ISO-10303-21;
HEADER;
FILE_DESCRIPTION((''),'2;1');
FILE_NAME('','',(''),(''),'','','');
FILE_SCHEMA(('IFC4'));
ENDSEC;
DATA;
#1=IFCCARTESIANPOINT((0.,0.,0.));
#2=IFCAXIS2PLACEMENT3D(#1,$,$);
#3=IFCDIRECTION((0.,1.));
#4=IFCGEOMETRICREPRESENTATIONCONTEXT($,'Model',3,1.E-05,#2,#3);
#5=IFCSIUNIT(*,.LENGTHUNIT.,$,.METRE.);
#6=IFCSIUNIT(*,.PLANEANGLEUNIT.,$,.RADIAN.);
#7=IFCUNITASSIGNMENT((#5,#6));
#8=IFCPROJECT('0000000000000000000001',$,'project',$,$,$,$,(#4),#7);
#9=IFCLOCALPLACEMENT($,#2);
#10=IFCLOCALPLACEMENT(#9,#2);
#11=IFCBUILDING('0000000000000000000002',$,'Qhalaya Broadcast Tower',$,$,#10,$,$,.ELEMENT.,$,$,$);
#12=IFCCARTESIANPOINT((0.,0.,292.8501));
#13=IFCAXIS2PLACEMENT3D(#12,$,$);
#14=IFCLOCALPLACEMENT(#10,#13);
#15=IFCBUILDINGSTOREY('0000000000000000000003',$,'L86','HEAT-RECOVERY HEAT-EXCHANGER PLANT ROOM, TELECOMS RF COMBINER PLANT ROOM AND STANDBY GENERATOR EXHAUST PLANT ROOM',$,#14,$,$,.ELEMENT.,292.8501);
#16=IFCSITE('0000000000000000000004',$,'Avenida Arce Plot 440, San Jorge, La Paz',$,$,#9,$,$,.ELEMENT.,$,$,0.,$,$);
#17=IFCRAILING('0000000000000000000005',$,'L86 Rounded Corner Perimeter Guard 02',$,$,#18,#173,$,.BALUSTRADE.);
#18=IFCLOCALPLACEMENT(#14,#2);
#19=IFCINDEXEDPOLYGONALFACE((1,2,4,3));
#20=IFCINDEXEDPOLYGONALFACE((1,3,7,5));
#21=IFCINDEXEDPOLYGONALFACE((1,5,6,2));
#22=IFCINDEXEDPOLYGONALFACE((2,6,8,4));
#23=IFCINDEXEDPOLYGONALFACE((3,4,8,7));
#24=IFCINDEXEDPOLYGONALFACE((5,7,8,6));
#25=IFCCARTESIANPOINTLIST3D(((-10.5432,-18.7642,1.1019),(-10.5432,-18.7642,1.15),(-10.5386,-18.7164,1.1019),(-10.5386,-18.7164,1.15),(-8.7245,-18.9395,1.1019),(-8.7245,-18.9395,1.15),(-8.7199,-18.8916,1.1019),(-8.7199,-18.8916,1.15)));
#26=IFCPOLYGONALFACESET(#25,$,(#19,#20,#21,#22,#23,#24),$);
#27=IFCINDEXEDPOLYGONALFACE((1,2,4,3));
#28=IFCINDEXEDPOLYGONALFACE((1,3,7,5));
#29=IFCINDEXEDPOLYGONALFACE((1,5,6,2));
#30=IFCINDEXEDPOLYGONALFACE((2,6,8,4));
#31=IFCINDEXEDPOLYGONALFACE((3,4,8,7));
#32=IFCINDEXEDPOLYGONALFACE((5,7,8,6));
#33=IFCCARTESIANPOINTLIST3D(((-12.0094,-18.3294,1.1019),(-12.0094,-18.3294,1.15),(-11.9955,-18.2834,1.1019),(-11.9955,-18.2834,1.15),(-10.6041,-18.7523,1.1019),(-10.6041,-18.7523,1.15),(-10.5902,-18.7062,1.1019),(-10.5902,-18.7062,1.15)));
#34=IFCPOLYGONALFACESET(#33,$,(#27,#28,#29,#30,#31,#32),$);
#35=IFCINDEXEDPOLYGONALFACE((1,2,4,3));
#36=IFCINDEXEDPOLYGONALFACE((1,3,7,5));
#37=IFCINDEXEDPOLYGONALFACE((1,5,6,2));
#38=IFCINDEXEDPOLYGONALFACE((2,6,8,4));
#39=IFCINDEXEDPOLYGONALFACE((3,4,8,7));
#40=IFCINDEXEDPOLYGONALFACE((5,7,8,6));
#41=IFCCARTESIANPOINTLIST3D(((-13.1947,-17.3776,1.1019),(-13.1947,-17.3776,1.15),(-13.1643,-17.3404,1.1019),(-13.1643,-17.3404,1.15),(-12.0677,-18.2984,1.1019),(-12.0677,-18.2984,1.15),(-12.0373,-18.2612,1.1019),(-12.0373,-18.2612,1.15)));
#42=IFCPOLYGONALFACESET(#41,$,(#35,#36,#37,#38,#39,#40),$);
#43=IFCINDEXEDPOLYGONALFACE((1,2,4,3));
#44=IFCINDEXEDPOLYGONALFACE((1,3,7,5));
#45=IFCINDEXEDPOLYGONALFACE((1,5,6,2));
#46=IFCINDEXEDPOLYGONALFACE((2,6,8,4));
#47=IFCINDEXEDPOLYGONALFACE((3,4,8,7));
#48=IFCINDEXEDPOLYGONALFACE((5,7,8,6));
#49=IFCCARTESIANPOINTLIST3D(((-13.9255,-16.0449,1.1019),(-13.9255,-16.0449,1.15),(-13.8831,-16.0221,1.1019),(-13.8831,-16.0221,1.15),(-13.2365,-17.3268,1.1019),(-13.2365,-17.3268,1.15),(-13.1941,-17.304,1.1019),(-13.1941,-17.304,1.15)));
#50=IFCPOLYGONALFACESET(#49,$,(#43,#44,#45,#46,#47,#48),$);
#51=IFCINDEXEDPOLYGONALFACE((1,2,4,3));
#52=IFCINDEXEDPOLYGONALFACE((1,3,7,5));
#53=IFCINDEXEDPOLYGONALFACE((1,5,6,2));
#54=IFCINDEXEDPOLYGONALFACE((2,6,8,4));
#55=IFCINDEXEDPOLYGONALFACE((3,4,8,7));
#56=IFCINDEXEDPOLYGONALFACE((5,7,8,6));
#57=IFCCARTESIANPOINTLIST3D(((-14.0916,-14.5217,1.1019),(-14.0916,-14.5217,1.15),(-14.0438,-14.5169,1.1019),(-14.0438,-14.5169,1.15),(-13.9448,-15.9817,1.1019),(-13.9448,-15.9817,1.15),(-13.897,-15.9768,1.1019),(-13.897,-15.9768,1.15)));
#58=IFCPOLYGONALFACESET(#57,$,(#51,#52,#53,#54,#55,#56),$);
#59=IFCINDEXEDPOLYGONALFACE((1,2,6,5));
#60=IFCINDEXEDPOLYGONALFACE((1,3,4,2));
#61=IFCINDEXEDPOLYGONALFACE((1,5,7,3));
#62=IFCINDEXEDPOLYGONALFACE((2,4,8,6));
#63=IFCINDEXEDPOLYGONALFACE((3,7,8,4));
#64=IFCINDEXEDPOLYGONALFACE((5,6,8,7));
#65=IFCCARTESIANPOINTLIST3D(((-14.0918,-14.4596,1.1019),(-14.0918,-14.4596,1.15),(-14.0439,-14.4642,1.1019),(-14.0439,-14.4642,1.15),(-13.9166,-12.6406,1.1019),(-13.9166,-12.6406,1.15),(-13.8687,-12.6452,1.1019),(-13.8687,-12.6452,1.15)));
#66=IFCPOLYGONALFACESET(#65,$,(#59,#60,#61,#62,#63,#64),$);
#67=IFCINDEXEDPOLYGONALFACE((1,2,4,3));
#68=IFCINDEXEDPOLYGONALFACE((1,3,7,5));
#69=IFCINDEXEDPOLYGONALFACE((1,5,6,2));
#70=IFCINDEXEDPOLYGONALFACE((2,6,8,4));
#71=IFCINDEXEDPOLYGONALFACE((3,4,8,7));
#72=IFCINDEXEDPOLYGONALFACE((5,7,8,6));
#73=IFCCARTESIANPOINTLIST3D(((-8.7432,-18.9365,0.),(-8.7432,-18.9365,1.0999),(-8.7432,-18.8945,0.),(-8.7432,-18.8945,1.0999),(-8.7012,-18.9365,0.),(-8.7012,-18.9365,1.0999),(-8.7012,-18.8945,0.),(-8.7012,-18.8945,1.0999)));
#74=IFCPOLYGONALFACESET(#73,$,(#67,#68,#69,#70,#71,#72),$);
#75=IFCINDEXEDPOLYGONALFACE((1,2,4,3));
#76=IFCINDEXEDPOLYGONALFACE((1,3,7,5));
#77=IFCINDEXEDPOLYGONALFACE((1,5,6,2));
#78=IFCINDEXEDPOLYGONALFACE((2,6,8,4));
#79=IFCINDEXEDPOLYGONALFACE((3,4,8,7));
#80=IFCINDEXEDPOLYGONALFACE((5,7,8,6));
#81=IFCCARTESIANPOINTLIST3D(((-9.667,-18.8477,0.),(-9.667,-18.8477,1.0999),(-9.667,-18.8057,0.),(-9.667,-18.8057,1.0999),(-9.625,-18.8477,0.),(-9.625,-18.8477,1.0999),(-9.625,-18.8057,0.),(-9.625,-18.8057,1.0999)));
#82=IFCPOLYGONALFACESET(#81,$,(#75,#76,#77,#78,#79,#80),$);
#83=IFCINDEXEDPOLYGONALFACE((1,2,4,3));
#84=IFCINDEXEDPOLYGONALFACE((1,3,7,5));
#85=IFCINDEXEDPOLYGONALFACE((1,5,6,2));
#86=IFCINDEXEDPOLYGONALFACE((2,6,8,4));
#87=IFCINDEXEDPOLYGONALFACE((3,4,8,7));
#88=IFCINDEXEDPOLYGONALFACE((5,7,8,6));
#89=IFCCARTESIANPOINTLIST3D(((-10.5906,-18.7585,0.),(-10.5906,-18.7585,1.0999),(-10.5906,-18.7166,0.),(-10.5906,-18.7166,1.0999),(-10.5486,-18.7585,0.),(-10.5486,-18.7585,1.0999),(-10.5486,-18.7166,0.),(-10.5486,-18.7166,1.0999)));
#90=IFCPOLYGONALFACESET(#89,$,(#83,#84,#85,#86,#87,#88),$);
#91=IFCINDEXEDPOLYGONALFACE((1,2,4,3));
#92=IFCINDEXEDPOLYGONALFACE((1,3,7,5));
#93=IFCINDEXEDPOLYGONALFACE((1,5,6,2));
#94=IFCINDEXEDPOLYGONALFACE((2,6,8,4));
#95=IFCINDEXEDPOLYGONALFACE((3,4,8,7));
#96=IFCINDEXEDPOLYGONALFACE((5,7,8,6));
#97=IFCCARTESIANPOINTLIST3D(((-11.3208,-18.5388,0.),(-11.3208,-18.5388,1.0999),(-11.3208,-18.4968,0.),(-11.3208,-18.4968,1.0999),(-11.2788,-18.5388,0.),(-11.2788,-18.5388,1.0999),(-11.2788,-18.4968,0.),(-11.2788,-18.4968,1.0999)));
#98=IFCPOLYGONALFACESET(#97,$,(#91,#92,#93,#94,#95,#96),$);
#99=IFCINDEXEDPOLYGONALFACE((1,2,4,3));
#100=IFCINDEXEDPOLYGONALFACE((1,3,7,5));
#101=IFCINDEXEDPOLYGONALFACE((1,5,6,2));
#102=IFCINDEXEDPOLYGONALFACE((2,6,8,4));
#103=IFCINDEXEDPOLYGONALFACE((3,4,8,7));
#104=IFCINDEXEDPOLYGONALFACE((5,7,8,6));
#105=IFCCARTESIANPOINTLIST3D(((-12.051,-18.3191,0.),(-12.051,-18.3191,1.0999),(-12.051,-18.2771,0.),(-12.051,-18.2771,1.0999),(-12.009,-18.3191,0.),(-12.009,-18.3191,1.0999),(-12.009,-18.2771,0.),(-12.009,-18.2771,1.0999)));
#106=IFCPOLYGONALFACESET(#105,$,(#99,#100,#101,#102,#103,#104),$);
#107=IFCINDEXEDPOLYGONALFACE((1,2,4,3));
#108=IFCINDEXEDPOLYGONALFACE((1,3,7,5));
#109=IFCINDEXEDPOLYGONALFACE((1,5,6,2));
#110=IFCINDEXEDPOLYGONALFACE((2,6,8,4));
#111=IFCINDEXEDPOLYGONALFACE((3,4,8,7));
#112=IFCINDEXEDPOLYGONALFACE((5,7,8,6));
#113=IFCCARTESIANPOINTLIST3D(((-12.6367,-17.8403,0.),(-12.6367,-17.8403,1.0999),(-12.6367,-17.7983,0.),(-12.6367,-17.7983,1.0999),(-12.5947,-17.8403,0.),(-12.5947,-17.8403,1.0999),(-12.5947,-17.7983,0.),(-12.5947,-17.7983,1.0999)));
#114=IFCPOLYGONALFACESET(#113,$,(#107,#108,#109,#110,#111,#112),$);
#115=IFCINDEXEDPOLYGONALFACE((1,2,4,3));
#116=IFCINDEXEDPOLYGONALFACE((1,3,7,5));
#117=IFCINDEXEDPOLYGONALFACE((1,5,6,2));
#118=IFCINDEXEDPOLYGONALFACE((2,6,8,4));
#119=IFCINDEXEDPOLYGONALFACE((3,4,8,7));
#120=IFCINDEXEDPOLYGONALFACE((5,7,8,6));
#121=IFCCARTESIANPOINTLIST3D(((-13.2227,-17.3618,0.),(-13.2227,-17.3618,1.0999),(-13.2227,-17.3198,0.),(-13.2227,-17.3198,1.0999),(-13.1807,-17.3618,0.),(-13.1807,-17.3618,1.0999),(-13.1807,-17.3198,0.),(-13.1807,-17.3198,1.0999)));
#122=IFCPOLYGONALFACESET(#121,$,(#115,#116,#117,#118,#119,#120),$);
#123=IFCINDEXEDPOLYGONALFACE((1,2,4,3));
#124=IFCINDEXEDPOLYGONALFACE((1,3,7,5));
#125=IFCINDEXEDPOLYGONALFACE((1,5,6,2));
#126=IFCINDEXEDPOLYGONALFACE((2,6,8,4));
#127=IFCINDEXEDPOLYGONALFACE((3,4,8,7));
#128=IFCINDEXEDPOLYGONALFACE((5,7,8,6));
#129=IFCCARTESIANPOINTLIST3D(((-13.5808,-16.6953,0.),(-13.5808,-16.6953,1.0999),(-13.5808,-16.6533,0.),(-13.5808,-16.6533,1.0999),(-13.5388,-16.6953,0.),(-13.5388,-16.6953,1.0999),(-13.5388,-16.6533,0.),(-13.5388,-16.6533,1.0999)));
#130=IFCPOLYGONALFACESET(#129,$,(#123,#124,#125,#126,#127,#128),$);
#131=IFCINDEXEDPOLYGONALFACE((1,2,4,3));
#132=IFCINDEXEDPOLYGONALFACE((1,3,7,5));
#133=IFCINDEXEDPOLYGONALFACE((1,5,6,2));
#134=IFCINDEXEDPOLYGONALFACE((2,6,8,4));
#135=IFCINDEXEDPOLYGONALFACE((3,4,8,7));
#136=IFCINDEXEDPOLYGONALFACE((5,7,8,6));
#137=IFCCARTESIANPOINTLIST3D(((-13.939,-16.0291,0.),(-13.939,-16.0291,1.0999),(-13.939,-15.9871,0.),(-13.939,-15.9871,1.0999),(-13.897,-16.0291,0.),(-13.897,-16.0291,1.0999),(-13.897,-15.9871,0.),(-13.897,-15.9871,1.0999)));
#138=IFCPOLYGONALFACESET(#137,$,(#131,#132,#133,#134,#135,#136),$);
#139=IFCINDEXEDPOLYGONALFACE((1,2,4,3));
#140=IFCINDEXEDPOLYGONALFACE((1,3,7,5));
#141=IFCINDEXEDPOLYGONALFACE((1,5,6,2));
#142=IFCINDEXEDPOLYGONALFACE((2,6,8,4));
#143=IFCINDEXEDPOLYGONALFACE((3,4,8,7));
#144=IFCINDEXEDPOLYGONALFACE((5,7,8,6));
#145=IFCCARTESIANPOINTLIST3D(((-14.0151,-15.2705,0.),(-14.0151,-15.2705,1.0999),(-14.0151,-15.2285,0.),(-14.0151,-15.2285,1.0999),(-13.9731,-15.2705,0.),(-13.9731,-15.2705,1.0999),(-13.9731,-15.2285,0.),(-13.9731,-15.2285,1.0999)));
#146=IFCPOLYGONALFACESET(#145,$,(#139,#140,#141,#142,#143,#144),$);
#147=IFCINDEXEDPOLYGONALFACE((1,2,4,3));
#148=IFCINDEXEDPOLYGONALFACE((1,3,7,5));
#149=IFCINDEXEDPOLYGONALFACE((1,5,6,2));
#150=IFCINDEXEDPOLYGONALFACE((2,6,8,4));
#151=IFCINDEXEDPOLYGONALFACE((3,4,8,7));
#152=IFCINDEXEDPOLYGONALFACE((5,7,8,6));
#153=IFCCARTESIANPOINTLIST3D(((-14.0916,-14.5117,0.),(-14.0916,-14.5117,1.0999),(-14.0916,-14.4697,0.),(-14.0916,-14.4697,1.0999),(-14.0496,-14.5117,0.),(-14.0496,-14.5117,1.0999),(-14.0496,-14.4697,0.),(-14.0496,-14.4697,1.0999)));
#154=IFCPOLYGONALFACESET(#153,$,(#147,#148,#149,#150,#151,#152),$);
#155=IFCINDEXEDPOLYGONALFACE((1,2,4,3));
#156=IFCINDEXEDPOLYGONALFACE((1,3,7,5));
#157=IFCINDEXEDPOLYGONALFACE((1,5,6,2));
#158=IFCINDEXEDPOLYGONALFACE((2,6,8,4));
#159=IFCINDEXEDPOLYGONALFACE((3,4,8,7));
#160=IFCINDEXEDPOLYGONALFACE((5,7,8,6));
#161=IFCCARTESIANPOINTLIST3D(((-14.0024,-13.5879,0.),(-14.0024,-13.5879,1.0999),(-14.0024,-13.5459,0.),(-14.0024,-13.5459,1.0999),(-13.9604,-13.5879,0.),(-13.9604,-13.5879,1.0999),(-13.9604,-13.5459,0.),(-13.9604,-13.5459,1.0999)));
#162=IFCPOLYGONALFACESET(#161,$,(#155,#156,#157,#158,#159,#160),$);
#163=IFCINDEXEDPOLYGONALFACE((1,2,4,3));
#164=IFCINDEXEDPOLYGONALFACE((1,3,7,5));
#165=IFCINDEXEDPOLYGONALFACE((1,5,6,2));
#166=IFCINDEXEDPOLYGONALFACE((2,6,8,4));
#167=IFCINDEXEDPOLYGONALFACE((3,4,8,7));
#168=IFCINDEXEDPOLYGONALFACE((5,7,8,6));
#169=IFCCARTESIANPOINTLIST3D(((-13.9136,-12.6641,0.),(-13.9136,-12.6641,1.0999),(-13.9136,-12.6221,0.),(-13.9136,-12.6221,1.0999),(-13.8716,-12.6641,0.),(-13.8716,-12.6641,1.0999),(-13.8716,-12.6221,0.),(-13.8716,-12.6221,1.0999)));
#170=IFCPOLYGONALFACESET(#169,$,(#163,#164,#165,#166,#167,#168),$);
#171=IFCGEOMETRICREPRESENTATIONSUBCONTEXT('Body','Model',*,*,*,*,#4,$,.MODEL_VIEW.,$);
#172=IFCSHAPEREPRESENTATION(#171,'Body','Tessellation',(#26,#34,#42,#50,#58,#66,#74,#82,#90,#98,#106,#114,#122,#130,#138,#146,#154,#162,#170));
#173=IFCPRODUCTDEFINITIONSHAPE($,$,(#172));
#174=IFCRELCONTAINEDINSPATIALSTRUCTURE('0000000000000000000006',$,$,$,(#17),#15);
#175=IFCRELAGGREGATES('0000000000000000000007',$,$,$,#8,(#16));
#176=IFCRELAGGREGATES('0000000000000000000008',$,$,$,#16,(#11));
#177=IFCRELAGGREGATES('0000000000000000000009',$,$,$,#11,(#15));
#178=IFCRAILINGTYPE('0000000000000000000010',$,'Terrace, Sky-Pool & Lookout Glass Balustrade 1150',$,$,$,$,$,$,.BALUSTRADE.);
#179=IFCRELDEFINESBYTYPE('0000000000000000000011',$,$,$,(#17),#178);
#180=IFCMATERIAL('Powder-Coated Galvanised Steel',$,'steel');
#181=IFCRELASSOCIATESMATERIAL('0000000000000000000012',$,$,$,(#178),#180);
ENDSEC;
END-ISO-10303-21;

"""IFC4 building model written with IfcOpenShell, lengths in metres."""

from ifc_helpers import new_model, si_unit, direction, frame, origin, origin_2d, place, context, subcontext, project, spatial, rectangle, extrude, material, type_object, element, save


model = new_model("IFC4")

# Units and contexts
model_context = context("Model", 3, precision=1e-05, world=origin(), true_north=direction((0.0, 1.0)))
body_context = subcontext(model_context, "Body", "Model", "MODEL_VIEW")
ifc_project = project(units=[si_unit("LENGTHUNIT", "METRE"), si_unit("PLANEANGLEUNIT", "RADIAN")], contexts=[model_context])

# Site, building, storey
site_placement = place(None, origin())
site = spatial("IfcSite", under=ifc_project, at=site_placement, Name="Avenida Arce Plot 440, San Jorge, La Paz", CompositionType="ELEMENT", RefElevation=0.0)
building_placement = place(site_placement, origin())
building = spatial("IfcBuilding", under=site, at=building_placement, Name="Qhalaya Broadcast Tower", CompositionType="ELEMENT")
storey_placement = place(building_placement, frame((0.0, 0.0, 292.8501)))
storey = spatial("IfcBuildingStorey", under=building, at=storey_placement, Name="L86", Description="HEAT-RECOVERY HEAT-EXCHANGER PLANT ROOM, TELECOMS RF COMBINER PLANT ROOM AND STANDBY GENERATOR EXHAUST PLANT ROOM", CompositionType="ELEMENT", Elevation=292.8501)

# Railing
ifc_material_1 = material(Name="Powder-Coated Galvanised Steel", Category="steel")
railing_type = type_object("IfcRailingType", Name="Terrace, Sky-Pool & Lookout Glass Balustrade 1150", PredefinedType="BALUSTRADE", material=ifc_material_1)
railing_placement = place(storey_placement, frame((-8.7222, -18.9155, 0.0)))
element("IfcRailing", 1, at=railing_placement, inside=storey, type_object=railing_type, Name="L86 Rounded Corner Perimeter Guard 02", PredefinedType="BALUSTRADE", context=body_context, shape_type="SweptSolid", body=[
    extrude(rectangle(XDim=0.0481, YDim=0.0481, at=origin_2d()), frame((0.0, 0.0, 1.126), z_axis=(-0.995391, 0.095895, 0.0), x_axis=(-0.095895, -0.995391, 0.0)), (0.0, 0.0, 1.0), 1.8271),
    extrude(rectangle(XDim=0.0481, YDim=0.0481, at=origin_2d()), frame((-1.875, 0.1863, 1.126), z_axis=(-0.957588, 0.288141, 0.0), x_axis=(-0.288141, -0.957588, 0.0)), (0.0, 0.0, 1.0), 1.4675),
    extrude(rectangle(XDim=0.0481, YDim=0.0481, at=origin_2d()), frame((-3.3303, 0.6357, 1.126), z_axis=(-0.774388, 0.63271, 0.0), x_axis=(-0.63271, -0.774388, 0.0)), (0.0, 0.0, 1.0), 1.4553),
    extrude(rectangle(XDim=0.0481, YDim=0.0481, at=origin_2d()), frame((-4.4932, 1.6001, 1.126), z_axis=(-0.473417, 0.880839, 0.0), x_axis=(-0.880839, -0.473417, 0.0)), (0.0, 0.0, 1.0), 1.4553),
    extrude(rectangle(XDim=0.0481, YDim=0.0481, at=origin_2d()), frame((-5.1987, 2.9363, 1.126), z_axis=(-0.100058, 0.994982, 0.0), x_axis=(-0.994982, -0.100058, 0.0)), (0.0, 0.0, 1.0), 1.4673),
    extrude(rectangle(XDim=0.0481, YDim=0.0481, at=origin_2d()), frame((-5.3457, 4.4536, 1.126), z_axis=(0.095883, 0.995393, 0.0), x_axis=(-0.995393, 0.095883, 0.0)), (0.0, 0.0, 1.0), 1.8274),
    extrude(rectangle(XDim=0.042, YDim=0.042, at=origin_2d()), origin(), (0.0, 0.0, 1.0), 1.0999),
    extrude(rectangle(XDim=0.042, YDim=0.042, at=origin_2d()), frame((-0.9238, 0.0889, 0.0)), (0.0, 0.0, 1.0), 1.0999),
    extrude(rectangle(XDim=0.042, YDim=0.042, at=origin_2d()), frame((-1.8474, 0.178, 0.0)), (0.0, 0.0, 1.0), 1.0999),
    extrude(rectangle(XDim=0.042, YDim=0.042, at=origin_2d()), frame((-2.5776, 0.3977, 0.0)), (0.0, 0.0, 1.0), 1.0999),
    extrude(rectangle(XDim=0.042, YDim=0.042, at=origin_2d()), frame((-3.3079, 0.6174, 0.0)), (0.0, 0.0, 1.0), 1.0999),
    extrude(rectangle(XDim=0.042, YDim=0.042, at=origin_2d()), frame((-3.8936, 1.0962, 0.0)), (0.0, 0.0, 1.0), 1.0999),
    extrude(rectangle(XDim=0.042, YDim=0.042, at=origin_2d()), frame((-4.4795, 1.5747, 0.0)), (0.0, 0.0, 1.0), 1.0999),
    extrude(rectangle(XDim=0.042, YDim=0.042, at=origin_2d()), frame((-4.8376, 2.2412, 0.0)), (0.0, 0.0, 1.0), 1.0999),
    extrude(rectangle(XDim=0.042, YDim=0.042, at=origin_2d()), frame((-5.1958, 2.9075, 0.0)), (0.0, 0.0, 1.0), 1.0999),
    extrude(rectangle(XDim=0.042, YDim=0.042, at=origin_2d()), frame((-5.272, 3.666, 0.0)), (0.0, 0.0, 1.0), 1.0999),
    extrude(rectangle(XDim=0.042, YDim=0.042, at=origin_2d()), frame((-5.3484, 4.4248, 0.0)), (0.0, 0.0, 1.0), 1.0999),
    extrude(rectangle(XDim=0.042, YDim=0.042, at=origin_2d()), frame((-5.2593, 5.3486, 0.0)), (0.0, 0.0, 1.0), 1.0999),
    extrude(rectangle(XDim=0.042, YDim=0.042, at=origin_2d()), frame((-5.1704, 6.2725, 0.0)), (0.0, 0.0, 1.0), 1.0999),
])

save(model, "model.ifc")
